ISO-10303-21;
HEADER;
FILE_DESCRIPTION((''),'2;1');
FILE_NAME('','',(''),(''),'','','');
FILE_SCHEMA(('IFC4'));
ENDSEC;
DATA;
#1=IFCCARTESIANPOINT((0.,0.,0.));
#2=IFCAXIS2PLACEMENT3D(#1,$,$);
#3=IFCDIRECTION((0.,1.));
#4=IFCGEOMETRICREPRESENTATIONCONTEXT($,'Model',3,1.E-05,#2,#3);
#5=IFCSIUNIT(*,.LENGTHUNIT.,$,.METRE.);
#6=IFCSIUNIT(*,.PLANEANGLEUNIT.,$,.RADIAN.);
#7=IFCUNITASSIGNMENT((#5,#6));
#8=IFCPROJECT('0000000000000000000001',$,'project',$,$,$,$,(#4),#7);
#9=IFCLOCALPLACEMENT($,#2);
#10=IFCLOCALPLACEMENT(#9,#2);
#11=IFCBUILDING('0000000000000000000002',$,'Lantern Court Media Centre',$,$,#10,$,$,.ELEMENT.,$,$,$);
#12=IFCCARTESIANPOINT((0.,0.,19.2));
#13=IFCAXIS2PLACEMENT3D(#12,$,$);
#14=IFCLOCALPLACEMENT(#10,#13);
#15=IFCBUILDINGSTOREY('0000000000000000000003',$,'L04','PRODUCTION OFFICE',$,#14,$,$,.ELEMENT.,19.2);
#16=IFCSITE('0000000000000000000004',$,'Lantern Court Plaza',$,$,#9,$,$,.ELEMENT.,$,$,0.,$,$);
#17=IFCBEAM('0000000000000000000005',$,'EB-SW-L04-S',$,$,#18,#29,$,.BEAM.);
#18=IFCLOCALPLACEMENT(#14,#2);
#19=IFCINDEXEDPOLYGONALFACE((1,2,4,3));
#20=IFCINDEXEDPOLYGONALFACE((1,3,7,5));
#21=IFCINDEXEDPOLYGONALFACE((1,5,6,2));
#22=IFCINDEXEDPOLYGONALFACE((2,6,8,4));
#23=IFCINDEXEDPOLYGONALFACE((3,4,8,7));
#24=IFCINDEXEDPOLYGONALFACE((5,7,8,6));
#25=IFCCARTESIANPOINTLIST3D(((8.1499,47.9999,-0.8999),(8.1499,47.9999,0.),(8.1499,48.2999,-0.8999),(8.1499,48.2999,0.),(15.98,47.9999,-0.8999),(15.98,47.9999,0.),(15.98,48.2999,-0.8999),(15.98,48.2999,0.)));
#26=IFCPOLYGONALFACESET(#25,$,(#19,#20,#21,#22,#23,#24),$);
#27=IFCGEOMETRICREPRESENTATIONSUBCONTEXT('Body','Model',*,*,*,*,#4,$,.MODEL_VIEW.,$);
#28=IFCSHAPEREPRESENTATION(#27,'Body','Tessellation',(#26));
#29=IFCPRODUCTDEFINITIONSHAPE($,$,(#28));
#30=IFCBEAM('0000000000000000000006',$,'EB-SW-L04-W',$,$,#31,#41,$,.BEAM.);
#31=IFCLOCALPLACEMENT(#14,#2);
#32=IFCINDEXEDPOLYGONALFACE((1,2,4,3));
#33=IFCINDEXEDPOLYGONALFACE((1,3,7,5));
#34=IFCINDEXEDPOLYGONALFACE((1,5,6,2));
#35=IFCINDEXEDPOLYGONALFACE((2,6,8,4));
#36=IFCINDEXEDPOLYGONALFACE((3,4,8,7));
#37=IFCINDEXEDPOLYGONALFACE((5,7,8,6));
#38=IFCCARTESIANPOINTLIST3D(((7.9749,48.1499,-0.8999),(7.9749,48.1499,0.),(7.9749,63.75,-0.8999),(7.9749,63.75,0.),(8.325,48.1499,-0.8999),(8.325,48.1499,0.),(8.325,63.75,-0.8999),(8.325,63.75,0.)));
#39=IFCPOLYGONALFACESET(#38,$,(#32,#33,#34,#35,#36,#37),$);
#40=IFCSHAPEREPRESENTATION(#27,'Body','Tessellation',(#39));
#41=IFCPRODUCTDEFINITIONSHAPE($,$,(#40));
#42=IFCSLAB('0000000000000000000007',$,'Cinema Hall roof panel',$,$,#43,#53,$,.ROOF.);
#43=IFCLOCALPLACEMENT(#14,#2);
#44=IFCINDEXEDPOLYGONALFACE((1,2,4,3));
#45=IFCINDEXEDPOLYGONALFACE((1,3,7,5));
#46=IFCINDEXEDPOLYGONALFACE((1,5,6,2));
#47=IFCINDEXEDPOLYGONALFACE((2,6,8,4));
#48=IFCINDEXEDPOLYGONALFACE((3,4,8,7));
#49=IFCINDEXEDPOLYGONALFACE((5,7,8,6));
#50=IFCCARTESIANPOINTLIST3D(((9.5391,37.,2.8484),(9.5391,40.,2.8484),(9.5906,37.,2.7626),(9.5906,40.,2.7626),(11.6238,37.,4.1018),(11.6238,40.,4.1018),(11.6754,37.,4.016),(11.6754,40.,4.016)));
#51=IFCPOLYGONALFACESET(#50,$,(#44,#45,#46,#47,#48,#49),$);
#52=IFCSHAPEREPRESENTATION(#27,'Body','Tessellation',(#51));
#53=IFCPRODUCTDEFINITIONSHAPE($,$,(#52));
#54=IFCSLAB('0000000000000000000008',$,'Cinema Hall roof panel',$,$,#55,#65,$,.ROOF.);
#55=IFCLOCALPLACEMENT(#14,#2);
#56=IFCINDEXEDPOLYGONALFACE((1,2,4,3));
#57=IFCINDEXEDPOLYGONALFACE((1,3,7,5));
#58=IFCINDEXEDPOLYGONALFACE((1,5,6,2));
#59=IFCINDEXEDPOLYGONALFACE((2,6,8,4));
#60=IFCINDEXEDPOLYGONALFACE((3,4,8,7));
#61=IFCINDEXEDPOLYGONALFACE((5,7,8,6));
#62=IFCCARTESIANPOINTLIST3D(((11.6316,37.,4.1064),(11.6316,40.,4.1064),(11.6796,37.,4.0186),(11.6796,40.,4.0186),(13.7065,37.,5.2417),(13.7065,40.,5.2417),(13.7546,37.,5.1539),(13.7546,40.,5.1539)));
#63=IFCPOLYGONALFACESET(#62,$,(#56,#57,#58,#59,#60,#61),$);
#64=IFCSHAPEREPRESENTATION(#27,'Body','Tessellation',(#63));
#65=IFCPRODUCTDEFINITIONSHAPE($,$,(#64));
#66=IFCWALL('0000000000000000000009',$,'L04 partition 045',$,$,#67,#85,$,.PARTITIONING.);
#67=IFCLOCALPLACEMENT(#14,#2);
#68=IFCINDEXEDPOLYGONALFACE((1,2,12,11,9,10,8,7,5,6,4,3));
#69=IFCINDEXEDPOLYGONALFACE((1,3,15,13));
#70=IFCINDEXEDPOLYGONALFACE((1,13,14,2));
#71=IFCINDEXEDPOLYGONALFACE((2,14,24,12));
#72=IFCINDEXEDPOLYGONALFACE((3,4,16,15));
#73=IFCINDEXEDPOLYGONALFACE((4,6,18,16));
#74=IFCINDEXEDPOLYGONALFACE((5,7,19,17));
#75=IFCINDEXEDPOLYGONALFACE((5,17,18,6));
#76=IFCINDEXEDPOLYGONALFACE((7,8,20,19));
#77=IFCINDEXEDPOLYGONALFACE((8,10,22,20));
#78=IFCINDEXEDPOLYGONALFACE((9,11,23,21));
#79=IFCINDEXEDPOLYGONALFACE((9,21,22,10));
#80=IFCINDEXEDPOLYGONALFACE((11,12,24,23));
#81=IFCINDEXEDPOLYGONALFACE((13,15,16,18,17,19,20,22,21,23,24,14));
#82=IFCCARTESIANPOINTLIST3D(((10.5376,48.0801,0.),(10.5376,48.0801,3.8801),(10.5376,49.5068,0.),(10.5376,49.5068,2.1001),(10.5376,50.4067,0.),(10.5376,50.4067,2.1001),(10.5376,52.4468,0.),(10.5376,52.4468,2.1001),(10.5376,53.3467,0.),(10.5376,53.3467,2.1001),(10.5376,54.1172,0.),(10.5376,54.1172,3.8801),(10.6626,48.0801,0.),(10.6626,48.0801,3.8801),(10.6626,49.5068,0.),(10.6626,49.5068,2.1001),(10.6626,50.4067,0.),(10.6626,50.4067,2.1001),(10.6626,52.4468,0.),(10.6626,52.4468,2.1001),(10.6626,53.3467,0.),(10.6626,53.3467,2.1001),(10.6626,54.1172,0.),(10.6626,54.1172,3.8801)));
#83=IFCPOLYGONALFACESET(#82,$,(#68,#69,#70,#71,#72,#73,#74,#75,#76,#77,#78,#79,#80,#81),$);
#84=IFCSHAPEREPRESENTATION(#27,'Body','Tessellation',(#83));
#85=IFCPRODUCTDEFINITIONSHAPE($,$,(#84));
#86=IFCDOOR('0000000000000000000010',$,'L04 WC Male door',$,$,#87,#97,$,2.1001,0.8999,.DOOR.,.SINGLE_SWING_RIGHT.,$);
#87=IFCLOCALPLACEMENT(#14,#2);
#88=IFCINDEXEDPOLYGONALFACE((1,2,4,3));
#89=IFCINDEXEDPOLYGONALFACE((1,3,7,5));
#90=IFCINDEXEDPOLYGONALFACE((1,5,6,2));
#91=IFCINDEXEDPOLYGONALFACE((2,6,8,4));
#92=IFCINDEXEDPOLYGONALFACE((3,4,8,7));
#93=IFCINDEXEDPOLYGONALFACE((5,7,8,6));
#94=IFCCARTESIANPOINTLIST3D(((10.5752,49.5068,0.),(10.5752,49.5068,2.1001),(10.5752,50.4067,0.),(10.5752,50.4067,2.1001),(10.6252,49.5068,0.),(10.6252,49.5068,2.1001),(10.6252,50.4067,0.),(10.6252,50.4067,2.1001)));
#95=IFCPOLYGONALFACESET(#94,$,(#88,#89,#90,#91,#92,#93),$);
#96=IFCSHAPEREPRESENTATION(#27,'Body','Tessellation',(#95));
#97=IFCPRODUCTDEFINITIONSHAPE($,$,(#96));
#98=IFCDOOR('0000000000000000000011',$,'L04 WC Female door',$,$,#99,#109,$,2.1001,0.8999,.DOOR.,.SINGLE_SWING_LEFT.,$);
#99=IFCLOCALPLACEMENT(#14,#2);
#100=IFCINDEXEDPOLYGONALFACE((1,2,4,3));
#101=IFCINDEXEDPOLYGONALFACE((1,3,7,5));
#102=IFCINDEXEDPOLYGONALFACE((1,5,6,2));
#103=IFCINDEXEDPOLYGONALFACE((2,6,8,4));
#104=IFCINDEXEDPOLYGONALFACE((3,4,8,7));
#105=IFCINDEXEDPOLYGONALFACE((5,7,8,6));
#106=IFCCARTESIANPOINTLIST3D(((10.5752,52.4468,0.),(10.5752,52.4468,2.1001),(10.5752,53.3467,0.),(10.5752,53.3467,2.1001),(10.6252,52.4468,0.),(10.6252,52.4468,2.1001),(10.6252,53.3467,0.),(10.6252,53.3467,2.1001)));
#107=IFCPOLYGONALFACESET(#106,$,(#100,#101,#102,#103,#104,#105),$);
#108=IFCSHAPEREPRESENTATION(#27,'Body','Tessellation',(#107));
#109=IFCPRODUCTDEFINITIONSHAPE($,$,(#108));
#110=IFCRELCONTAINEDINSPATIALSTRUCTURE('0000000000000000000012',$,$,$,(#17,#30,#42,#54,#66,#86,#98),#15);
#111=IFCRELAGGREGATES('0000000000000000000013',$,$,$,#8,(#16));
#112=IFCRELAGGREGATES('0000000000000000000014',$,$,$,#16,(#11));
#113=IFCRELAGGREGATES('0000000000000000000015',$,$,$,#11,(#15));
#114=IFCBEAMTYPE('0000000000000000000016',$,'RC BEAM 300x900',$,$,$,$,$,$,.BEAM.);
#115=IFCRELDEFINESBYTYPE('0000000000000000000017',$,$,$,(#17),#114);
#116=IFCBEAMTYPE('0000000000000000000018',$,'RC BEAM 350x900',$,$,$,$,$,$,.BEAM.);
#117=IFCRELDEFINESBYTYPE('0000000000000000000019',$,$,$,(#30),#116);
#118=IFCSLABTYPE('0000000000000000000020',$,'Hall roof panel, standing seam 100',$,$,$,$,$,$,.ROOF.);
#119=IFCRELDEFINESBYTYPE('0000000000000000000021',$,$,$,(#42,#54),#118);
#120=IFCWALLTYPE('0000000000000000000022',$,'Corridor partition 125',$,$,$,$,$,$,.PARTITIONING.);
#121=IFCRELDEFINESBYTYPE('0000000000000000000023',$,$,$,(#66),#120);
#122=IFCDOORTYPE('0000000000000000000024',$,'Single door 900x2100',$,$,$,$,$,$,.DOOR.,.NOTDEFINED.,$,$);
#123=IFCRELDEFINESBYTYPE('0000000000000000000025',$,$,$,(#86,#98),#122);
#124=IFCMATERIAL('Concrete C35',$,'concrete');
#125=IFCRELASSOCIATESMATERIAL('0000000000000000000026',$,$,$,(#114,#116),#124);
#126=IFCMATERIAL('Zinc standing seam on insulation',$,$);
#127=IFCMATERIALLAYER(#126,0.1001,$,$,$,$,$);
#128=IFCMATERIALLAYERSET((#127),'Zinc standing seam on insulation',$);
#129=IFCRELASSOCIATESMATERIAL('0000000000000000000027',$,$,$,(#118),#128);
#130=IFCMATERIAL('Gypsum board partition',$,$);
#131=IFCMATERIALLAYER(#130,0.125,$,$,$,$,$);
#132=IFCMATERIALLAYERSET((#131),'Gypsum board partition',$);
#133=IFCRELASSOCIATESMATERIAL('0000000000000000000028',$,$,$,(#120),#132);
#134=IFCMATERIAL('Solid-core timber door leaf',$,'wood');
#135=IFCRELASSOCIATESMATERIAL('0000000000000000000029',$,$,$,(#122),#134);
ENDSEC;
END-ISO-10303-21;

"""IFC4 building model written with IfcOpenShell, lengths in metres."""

from ifc_helpers import new_model, si_unit, direction, frame, frame_2d, origin, origin_2d, place, context, subcontext, project, spatial, polyline, rectangle, outline, extrude, material, layer, layer_set, material_profile, profile_set, type_object, element, fill, save


model = new_model("IFC4")

# Units and contexts
model_context = context("Model", 3, precision=1e-05, world=origin(), true_north=direction((0.0, 1.0)))
body_context = subcontext(model_context, "Body", "Model", "MODEL_VIEW")
ifc_project = project(units=[si_unit("LENGTHUNIT", "METRE"), si_unit("PLANEANGLEUNIT", "RADIAN")], contexts=[model_context])

# Site, building, storey
site_placement = place(None, origin())
site = spatial("IfcSite", under=ifc_project, at=site_placement, Name="Lantern Court Plaza", CompositionType="ELEMENT", RefElevation=0.0)
building_placement = place(site_placement, origin())
building = spatial("IfcBuilding", under=site, at=building_placement, Name="Lantern Court Media Centre", CompositionType="ELEMENT")
storey_placement = place(building_placement, frame((0.0, 0.0, 19.2)))
storey = spatial("IfcBuildingStorey", under=building, at=storey_placement, Name="L04", Description="PRODUCTION OFFICE", CompositionType="ELEMENT", Elevation=19.2)

# Beams
ifc_material_1 = material(Name="Concrete C35", Category="concrete")
ifc_material_profile_1 = material_profile(ifc_material_1, rectangle(XDim=0.3, YDim=0.8999, at=origin_2d()), Name="RC 300x900")
ifc_profile_set_1 = profile_set([ifc_material_profile_1], Name="Concrete C35")
beam_type_1 = type_object("IfcBeamType", Name="RC BEAM 300x900", PredefinedType="BEAM", material=ifc_profile_set_1)
beam_1_placement = place(storey_placement, frame((8.1499, 48.1499, -0.45), z_axis=(1.0, 0.0, 0.0), x_axis=(0.0, 1.0, 0.0)))
element("IfcBeam", 1, at=beam_1_placement, inside=storey, type_object=beam_type_1, Name="EB-SW-L04-S", PredefinedType="BEAM", context=body_context, shape_type="SweptSolid", body=[
    extrude(rectangle(XDim=0.3, YDim=0.8999, at=origin_2d()), origin(), (0.0, 0.0, 1.0), 7.8301),
])
ifc_material_profile_2 = material_profile(ifc_material_1, rectangle(XDim=0.3501, YDim=0.8999, at=origin_2d()), Name="RC 350x900")
ifc_profile_set_2 = profile_set([ifc_material_profile_2], Name="Concrete C35")
beam_type_2 = type_object("IfcBeamType", Name="RC BEAM 350x900", PredefinedType="BEAM", material=ifc_profile_set_2)
beam_2_placement = place(storey_placement, frame((8.1499, 48.1499, -0.45), z_axis=(0.0, 1.0, 0.0), x_axis=(-1.0, 0.0, 0.0)))
element("IfcBeam", 2, at=beam_2_placement, inside=storey, type_object=beam_type_2, Name="EB-SW-L04-W", PredefinedType="BEAM", context=body_context, shape_type="SweptSolid", body=[
    extrude(rectangle(XDim=0.3501, YDim=0.8999, at=origin_2d()), origin(), (0.0, 0.0, 1.0), 15.6001),
])

# Slabs
ifc_material_2 = material(Name="Zinc standing seam on insulation")
ifc_layer_1 = layer(ifc_material_2, 0.1001)
ifc_layer_set_1 = layer_set([ifc_layer_1], Name="Zinc standing seam on insulation")
slab_type = type_object("IfcSlabType", Name="Hall roof panel, standing seam 100", PredefinedType="ROOF", material=ifc_layer_set_1)
slab_1_placement = place(storey_placement, frame((9.5391, 37.0, 2.8484), z_axis=(-0.515278, 0.0, 0.857023), x_axis=(0.857023, 0.0, 0.515278)))
element("IfcSlab", 3, at=slab_1_placement, inside=storey, type_object=slab_type, Name="Cinema Hall roof panel", PredefinedType="ROOF", context=body_context, shape_type="SweptSolid", body=[
    extrude(outline(polyline([(0.0, 0.0), (2.4325, 0.0), (2.4325, 3.0), (0.0, 3.0), (0.0, 0.0)])), origin(), (0.0, 0.0, -1.0), 0.1001),
])
slab_2_placement = place(storey_placement, frame((11.6316, 37.0, 4.1064), z_axis=(-0.47998, 0.0, 0.877279), x_axis=(0.877279, 0.0, 0.47998)))
element("IfcSlab", 4, at=slab_2_placement, inside=storey, type_object=slab_type, Name="Cinema Hall roof panel", PredefinedType="ROOF", context=body_context, shape_type="SweptSolid", body=[
    extrude(outline(polyline([(0.0, 0.0), (2.3652, 0.0), (2.3652, 3.0), (0.0, 3.0), (0.0, 0.0)])), origin(), (0.0, 0.0, -1.0), 0.1001),
])

# Wall, openings, doors
ifc_material_3 = material(Name="Gypsum board partition")
ifc_layer_2 = layer(ifc_material_3, 0.125)
ifc_layer_set_2 = layer_set([ifc_layer_2], Name="Gypsum board partition")
wall_type_1 = type_object("IfcWallType", Name="Corridor partition 125", PredefinedType="PARTITIONING", material=ifc_layer_set_2)
wall_1_placement = place(storey_placement, frame((10.6001, 48.0801, 0.0), z_axis=(0.0, 0.0, 1.0), x_axis=(0.0, 1.0, 0.0)))
wall_1 = element("IfcWall", 5, at=wall_1_placement, inside=storey, type_object=wall_type_1, Name="L04 partition 045", PredefinedType="PARTITIONING", context=body_context, shape_type="SweptSolid", body=[
    extrude(rectangle(XDim=6.0371, YDim=0.125, at=frame_2d((3.0186, 0.0))), origin(), (0.0, 0.0, 1.0), 3.8801),
])
opening_1_placement = place(wall_1_placement, frame((1.4268, 0.0, 0.0)))
opening_1 = element("IfcOpeningElement", 6, at=opening_1_placement, cuts=wall_1, PredefinedType="OPENING", context=body_context, shape_type="SweptSolid", body=[
    extrude(rectangle(XDim=0.8999, YDim=2.1001, at=frame_2d((0.45, 1.05))), frame((0.0, 0.0725, 0.0), z_axis=(0.0, -1.0, 0.0), x_axis=(1.0, 0.0, 0.0)), (0.0, 0.0, 1.0), 0.145),
])
opening_2_placement = place(wall_1_placement, frame((4.3667, 0.0, 0.0)))
opening_2 = element("IfcOpeningElement", 7, at=opening_2_placement, cuts=wall_1, PredefinedType="OPENING", context=body_context, shape_type="SweptSolid", body=[
    extrude(rectangle(XDim=0.8999, YDim=2.1001, at=frame_2d((0.45, 1.05))), frame((0.0, 0.0725, 0.0), z_axis=(0.0, -1.0, 0.0), x_axis=(1.0, 0.0, 0.0)), (0.0, 0.0, 1.0), 0.145),
])
ifc_material_4 = material(Name="Solid-core timber door leaf", Category="wood")
door_type = type_object("IfcDoorType", Name="Single door 900x2100", OperationType="NOTDEFINED", PredefinedType="DOOR", material=ifc_material_4)
door_1_placement = place(opening_1_placement, origin())
door_1 = element("IfcDoor", 8, at=door_1_placement, inside=storey, type_object=door_type, Name="L04 WC Male door", OperationType="SINGLE_SWING_RIGHT", OverallHeight=2.1001, OverallWidth=0.8999, PredefinedType="DOOR", context=body_context, shape_type="SweptSolid", body=[
    extrude(rectangle(XDim=0.8999, YDim=2.1001, at=frame_2d((0.45, 1.05))), frame((0.0, 0.0249, 0.0), z_axis=(0.0, -1.0, 0.0), x_axis=(1.0, 0.0, 0.0)), (0.0, 0.0, 1.0), 0.05),
])
fill(opening_1, door_1)
door_2_placement = place(opening_2_placement, origin())
door_2 = element("IfcDoor", 9, at=door_2_placement, inside=storey, type_object=door_type, Name="L04 WC Female door", OperationType="SINGLE_SWING_LEFT", OverallHeight=2.1001, OverallWidth=0.8999, PredefinedType="DOOR", context=body_context, shape_type="SweptSolid", body=[
    extrude(rectangle(XDim=0.8999, YDim=2.1001, at=frame_2d((0.45, 1.05))), frame((0.0, 0.0249, 0.0), z_axis=(0.0, -1.0, 0.0), x_axis=(1.0, 0.0, 0.0)), (0.0, 0.0, 1.0), 0.05),
])
fill(opening_2, door_2)

save(model, "model.ifc")
